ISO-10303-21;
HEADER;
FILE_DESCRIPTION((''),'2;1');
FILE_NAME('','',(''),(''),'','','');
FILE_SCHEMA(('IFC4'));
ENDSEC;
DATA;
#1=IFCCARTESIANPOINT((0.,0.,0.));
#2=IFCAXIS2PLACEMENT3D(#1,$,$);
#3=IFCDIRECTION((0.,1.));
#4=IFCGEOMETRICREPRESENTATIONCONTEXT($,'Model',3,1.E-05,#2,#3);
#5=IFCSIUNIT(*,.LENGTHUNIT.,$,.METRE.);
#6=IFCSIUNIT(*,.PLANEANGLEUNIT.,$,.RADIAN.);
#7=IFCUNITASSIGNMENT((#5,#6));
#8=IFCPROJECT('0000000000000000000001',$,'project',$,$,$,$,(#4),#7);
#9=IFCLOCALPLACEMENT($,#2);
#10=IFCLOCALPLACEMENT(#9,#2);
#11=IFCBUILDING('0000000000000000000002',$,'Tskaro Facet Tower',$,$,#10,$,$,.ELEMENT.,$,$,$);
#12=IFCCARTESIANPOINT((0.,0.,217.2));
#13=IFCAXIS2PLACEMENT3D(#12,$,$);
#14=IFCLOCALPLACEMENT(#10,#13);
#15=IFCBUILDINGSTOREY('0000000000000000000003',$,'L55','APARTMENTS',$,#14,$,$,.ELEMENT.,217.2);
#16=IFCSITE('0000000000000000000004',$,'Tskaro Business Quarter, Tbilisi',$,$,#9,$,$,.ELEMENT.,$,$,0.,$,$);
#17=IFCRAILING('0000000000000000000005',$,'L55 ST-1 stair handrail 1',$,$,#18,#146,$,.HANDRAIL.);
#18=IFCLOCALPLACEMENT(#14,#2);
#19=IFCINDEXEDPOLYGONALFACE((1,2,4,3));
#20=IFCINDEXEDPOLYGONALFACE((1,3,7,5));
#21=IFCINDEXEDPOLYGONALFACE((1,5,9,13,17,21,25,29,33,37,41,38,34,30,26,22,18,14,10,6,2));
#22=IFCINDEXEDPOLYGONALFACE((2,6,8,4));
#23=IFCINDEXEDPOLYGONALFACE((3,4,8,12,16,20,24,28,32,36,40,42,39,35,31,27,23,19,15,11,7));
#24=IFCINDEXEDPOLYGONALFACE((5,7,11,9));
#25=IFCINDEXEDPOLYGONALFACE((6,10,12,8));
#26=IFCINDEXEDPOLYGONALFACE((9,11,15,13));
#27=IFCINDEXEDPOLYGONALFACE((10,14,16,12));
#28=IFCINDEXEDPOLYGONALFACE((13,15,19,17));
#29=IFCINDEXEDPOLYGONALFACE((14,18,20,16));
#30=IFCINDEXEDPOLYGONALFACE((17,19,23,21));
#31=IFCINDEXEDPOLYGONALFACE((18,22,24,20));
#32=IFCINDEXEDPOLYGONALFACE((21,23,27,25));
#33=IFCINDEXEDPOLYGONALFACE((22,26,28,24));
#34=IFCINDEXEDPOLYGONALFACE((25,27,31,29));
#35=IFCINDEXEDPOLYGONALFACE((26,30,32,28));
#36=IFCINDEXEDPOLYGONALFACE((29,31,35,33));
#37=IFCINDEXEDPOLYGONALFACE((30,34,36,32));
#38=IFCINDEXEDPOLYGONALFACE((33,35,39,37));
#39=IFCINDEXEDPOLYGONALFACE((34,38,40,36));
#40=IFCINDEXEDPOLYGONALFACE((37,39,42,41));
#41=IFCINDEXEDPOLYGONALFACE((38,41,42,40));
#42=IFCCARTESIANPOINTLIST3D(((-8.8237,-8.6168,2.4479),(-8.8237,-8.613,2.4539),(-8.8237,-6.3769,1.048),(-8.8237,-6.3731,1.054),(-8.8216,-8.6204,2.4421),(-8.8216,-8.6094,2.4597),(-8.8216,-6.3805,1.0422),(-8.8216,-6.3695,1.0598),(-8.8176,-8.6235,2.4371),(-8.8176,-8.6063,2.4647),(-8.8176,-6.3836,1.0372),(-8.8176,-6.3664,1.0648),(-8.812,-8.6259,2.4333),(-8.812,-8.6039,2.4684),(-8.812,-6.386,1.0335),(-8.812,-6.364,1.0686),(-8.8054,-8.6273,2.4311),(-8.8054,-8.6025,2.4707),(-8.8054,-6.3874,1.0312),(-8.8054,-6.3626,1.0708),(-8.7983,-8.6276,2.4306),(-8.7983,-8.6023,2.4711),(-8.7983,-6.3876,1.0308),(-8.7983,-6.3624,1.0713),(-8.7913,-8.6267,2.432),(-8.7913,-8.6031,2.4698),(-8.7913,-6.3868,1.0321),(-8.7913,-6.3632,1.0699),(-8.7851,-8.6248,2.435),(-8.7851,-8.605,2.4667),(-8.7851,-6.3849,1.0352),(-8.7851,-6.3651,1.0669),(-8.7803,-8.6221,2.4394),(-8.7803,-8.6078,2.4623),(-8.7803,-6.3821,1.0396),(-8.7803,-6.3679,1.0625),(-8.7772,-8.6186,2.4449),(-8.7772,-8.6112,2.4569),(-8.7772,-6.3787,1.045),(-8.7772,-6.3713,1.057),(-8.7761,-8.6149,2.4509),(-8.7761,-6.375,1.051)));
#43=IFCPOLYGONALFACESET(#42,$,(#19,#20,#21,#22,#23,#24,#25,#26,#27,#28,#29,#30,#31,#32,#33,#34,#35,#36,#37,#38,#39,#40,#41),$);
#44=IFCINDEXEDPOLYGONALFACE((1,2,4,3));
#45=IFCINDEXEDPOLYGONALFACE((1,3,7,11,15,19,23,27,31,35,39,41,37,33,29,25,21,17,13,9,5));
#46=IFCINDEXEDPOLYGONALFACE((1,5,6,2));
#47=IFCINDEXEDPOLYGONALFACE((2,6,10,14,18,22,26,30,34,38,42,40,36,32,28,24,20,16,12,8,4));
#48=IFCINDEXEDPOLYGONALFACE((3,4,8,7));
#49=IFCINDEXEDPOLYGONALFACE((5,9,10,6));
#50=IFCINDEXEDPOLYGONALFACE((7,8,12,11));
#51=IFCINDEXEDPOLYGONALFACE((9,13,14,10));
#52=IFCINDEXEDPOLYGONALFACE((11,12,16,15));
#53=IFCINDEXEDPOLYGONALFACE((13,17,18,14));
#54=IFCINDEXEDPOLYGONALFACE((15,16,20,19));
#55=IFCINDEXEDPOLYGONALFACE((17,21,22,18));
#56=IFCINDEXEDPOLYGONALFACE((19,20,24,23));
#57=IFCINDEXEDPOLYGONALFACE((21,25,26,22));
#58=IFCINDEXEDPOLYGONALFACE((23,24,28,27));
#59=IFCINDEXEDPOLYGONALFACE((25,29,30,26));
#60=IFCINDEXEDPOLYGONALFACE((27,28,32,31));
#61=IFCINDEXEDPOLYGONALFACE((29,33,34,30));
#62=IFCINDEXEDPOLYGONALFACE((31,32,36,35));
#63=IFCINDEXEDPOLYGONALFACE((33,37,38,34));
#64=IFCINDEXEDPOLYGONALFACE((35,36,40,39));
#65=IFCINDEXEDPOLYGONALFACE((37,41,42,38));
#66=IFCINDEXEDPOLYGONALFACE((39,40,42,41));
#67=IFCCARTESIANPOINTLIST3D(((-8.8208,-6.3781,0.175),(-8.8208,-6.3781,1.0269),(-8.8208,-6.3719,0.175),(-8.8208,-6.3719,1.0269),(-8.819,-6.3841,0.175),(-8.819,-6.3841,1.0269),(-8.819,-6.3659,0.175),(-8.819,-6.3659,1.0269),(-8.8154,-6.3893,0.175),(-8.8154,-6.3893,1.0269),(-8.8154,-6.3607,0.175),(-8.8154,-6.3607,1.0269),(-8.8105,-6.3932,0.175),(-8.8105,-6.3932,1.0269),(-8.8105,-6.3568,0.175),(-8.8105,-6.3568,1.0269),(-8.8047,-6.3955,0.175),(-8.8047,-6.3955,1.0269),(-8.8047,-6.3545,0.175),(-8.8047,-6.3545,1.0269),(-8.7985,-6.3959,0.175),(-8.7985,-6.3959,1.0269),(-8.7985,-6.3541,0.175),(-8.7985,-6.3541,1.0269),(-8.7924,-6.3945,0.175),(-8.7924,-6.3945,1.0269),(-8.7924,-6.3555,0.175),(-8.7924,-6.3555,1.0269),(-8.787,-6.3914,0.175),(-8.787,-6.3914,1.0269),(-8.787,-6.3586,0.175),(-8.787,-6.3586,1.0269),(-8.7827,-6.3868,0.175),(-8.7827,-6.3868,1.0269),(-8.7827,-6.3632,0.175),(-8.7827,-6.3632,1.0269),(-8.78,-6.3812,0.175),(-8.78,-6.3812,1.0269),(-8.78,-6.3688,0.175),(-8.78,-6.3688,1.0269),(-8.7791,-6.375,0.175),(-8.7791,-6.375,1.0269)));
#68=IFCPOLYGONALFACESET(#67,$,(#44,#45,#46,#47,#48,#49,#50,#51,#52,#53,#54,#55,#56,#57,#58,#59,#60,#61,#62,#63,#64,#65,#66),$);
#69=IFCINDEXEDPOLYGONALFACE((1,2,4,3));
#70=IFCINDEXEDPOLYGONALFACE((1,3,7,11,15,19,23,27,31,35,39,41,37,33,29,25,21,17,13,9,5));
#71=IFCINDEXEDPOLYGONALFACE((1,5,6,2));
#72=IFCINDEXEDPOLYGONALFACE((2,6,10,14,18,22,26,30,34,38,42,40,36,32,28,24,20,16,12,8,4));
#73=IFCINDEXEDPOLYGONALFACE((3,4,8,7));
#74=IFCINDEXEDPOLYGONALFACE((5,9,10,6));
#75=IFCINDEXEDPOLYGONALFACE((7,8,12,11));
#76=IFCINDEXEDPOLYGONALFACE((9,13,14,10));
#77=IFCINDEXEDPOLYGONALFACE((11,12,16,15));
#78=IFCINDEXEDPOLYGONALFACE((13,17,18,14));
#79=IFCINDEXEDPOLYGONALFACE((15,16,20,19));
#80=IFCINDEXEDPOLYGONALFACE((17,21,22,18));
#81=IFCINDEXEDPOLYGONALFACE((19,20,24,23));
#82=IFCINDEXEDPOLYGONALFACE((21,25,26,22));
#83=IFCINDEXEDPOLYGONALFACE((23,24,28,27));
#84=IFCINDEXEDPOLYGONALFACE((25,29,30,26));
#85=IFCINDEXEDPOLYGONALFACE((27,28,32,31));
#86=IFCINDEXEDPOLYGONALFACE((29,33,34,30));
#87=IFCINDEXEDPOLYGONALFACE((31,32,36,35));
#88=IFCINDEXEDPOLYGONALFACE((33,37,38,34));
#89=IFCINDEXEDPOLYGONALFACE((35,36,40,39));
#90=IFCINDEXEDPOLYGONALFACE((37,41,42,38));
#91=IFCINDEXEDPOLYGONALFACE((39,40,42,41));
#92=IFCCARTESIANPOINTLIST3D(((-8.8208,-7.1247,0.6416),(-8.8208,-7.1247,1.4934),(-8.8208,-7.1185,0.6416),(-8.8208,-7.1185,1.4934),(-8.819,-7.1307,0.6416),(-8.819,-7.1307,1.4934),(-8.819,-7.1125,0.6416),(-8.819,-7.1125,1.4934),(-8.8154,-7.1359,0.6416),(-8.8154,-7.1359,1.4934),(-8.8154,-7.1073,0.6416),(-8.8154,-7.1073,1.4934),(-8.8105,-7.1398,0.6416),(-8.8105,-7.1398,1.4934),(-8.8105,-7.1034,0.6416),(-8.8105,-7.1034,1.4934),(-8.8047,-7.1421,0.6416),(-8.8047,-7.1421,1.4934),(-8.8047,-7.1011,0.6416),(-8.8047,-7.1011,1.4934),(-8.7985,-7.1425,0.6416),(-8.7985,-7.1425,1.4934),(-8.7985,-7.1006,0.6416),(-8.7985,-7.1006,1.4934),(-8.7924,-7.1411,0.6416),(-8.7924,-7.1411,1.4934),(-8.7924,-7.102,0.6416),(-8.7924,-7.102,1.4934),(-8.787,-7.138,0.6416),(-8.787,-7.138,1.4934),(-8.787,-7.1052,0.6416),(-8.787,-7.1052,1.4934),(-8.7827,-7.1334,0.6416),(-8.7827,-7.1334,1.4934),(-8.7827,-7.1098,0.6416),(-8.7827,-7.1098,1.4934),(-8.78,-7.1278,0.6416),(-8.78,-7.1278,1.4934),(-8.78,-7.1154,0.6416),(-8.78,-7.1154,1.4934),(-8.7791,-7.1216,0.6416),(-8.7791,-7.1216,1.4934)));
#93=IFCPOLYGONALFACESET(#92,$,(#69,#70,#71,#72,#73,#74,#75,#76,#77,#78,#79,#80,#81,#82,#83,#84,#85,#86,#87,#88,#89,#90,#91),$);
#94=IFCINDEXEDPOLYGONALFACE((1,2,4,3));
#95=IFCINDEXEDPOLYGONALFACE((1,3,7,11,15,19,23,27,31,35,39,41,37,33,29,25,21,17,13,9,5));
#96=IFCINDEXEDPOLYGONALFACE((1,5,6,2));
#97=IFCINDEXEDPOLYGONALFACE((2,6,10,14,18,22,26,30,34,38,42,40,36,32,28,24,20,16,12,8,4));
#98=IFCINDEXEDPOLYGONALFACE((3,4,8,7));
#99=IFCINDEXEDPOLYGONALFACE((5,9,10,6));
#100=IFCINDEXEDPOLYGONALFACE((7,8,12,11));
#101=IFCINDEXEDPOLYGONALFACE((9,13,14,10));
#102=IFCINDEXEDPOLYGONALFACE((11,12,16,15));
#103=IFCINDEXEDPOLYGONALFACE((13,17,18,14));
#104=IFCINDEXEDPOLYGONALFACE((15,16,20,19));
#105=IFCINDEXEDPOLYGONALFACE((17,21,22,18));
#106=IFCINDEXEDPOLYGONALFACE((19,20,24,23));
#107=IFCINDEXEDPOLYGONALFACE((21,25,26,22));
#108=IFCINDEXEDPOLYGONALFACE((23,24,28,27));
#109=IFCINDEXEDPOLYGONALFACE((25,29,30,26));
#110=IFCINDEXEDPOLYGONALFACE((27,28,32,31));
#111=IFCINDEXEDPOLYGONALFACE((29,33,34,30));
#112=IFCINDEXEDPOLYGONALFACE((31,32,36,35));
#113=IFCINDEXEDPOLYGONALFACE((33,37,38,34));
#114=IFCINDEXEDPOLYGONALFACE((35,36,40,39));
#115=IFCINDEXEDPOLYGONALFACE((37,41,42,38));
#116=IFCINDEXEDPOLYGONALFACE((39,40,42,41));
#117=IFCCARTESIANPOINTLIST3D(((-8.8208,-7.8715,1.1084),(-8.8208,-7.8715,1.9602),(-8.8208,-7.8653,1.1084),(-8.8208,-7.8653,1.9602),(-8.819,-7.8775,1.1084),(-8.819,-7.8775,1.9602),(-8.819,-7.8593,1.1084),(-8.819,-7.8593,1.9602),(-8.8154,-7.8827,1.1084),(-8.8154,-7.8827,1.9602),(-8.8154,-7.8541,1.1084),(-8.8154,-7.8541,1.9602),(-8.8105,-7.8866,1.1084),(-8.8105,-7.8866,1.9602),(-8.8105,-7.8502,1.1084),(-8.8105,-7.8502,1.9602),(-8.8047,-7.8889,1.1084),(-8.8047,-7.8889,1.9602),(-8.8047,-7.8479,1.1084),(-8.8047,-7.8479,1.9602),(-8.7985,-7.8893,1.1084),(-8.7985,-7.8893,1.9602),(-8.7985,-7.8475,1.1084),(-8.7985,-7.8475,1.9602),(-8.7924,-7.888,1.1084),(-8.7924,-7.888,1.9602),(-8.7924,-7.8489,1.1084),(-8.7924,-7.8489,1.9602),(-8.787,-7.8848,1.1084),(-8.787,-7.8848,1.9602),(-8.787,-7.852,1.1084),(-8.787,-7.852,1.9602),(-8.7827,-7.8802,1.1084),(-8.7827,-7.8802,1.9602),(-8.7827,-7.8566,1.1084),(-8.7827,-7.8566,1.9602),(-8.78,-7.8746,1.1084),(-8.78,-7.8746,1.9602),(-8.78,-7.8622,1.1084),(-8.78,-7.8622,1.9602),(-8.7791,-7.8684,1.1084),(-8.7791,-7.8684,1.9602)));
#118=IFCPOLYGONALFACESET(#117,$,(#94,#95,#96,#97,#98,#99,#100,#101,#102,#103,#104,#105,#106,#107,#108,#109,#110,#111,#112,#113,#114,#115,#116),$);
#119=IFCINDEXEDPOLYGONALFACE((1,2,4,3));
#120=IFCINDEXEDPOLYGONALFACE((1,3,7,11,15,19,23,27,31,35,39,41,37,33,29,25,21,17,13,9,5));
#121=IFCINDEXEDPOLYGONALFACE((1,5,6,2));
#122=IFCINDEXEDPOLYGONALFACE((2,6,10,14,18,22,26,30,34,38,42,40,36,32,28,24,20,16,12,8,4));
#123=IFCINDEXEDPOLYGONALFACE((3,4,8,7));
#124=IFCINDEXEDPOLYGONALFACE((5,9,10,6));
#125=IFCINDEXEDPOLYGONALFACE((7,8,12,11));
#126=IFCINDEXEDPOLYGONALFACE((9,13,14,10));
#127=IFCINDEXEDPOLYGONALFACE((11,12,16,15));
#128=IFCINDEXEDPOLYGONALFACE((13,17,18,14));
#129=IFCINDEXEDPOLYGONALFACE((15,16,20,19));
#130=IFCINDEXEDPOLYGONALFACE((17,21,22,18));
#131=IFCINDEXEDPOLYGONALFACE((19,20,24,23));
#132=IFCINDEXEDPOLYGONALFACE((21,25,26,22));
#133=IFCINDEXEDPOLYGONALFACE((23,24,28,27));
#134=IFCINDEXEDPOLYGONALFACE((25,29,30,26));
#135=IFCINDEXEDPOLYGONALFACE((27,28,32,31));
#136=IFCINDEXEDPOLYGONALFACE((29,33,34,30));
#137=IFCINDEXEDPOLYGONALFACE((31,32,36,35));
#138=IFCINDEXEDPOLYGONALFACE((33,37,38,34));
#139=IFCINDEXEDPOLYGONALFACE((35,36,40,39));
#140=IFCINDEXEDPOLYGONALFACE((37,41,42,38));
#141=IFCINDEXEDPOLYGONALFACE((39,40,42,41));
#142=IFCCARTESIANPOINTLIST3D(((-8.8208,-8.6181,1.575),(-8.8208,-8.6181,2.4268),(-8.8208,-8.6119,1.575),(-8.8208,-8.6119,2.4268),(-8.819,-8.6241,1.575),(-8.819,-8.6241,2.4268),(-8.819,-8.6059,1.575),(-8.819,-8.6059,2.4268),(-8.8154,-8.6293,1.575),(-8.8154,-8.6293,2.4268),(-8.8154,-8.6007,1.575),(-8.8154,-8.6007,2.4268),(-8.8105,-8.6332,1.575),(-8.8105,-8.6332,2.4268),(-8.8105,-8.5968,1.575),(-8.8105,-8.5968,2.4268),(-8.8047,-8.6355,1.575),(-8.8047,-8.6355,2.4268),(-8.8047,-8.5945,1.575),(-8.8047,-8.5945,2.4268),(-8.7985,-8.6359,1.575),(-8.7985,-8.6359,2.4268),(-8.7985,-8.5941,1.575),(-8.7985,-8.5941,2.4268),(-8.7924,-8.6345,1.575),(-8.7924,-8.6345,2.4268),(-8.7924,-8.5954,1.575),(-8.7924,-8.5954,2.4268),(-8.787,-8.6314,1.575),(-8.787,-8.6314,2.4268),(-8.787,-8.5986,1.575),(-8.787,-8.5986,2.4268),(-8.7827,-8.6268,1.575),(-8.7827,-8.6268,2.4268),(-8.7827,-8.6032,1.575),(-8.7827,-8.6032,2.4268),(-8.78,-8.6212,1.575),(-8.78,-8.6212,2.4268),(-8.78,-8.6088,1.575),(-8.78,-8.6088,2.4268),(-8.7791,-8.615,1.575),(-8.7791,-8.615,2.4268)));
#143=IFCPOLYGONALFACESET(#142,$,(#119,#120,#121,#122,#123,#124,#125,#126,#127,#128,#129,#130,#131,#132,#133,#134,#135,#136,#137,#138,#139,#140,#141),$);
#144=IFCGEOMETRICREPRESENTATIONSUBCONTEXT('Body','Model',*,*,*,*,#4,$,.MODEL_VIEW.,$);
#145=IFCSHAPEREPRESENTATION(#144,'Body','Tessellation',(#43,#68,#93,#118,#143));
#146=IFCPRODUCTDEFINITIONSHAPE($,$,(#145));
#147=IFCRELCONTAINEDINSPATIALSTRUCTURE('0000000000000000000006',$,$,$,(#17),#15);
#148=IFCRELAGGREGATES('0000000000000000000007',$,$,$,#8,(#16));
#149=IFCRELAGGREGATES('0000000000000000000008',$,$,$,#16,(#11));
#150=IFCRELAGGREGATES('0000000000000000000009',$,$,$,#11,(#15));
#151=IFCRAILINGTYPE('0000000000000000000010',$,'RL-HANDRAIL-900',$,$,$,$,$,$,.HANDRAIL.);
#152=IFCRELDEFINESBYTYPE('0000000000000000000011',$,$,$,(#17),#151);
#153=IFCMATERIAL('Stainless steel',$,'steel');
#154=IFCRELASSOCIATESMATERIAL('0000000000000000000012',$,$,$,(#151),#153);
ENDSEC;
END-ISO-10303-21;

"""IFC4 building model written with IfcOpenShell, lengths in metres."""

from ifc_helpers import new_model, si_unit, direction, frame, origin, origin_2d, place, context, subcontext, project, spatial, circle, extrude, material, type_object, element, save


model = new_model("IFC4")

# Units and contexts
model_context = context("Model", 3, precision=1e-05, world=origin(), true_north=direction((0.0, 1.0)))
body_context = subcontext(model_context, "Body", "Model", "MODEL_VIEW")
ifc_project = project(units=[si_unit("LENGTHUNIT", "METRE"), si_unit("PLANEANGLEUNIT", "RADIAN")], contexts=[model_context])

# Site, building, storey
site_placement = place(None, origin())
site = spatial("IfcSite", under=ifc_project, at=site_placement, Name="Tskaro Business Quarter, Tbilisi", CompositionType="ELEMENT", RefElevation=0.0)
building_placement = place(site_placement, origin())
building = spatial("IfcBuilding", under=site, at=building_placement, Name="Tskaro Facet Tower", CompositionType="ELEMENT")
storey_placement = place(building_placement, frame((0.0, 0.0, 217.2)))
storey = spatial("IfcBuildingStorey", under=building, at=storey_placement, Name="L55", Description="APARTMENTS", CompositionType="ELEMENT", Elevation=217.2)

# Shared definitions
ifc_material_1 = material(Name="Stainless steel", Category="steel")

# Railing
railing_type_1 = type_object("IfcRailingType", Name="RL-HANDRAIL-900", PredefinedType="HANDRAIL", material=ifc_material_1)
railing_1_placement = place(storey_placement, frame((-8.8, -6.375, 0.175)))
element("IfcRailing", 1, at=railing_1_placement, inside=storey, type_object=railing_type_1, Name="L55 ST-1 stair handrail 1", PredefinedType="HANDRAIL", context=body_context, shape_type="SweptSolid", body=[
    extrude(circle(Radius=0.0239, at=origin_2d()), frame((0.0, 0.0, 0.876), z_axis=(0.0, -0.848014, 0.529974), x_axis=(1.0, 0.0, 0.0)), (0.0, 0.0, 1.0), 2.6414),
    extrude(circle(Radius=0.021, at=origin_2d()), origin(), (0.0, 0.0, 1.0), 0.8518),
    extrude(circle(Radius=0.021, at=origin_2d()), frame((0.0, -0.7466, 0.4666)), (0.0, 0.0, 1.0), 0.8518),
    extrude(circle(Radius=0.021, at=origin_2d()), frame((0.0, -1.4934, 0.9333)), (0.0, 0.0, 1.0), 0.8518),
    extrude(circle(Radius=0.021, at=origin_2d()), frame((0.0, -2.24, 1.3999)), (0.0, 0.0, 1.0), 0.8518),
])

save(model, "model.ifc")
